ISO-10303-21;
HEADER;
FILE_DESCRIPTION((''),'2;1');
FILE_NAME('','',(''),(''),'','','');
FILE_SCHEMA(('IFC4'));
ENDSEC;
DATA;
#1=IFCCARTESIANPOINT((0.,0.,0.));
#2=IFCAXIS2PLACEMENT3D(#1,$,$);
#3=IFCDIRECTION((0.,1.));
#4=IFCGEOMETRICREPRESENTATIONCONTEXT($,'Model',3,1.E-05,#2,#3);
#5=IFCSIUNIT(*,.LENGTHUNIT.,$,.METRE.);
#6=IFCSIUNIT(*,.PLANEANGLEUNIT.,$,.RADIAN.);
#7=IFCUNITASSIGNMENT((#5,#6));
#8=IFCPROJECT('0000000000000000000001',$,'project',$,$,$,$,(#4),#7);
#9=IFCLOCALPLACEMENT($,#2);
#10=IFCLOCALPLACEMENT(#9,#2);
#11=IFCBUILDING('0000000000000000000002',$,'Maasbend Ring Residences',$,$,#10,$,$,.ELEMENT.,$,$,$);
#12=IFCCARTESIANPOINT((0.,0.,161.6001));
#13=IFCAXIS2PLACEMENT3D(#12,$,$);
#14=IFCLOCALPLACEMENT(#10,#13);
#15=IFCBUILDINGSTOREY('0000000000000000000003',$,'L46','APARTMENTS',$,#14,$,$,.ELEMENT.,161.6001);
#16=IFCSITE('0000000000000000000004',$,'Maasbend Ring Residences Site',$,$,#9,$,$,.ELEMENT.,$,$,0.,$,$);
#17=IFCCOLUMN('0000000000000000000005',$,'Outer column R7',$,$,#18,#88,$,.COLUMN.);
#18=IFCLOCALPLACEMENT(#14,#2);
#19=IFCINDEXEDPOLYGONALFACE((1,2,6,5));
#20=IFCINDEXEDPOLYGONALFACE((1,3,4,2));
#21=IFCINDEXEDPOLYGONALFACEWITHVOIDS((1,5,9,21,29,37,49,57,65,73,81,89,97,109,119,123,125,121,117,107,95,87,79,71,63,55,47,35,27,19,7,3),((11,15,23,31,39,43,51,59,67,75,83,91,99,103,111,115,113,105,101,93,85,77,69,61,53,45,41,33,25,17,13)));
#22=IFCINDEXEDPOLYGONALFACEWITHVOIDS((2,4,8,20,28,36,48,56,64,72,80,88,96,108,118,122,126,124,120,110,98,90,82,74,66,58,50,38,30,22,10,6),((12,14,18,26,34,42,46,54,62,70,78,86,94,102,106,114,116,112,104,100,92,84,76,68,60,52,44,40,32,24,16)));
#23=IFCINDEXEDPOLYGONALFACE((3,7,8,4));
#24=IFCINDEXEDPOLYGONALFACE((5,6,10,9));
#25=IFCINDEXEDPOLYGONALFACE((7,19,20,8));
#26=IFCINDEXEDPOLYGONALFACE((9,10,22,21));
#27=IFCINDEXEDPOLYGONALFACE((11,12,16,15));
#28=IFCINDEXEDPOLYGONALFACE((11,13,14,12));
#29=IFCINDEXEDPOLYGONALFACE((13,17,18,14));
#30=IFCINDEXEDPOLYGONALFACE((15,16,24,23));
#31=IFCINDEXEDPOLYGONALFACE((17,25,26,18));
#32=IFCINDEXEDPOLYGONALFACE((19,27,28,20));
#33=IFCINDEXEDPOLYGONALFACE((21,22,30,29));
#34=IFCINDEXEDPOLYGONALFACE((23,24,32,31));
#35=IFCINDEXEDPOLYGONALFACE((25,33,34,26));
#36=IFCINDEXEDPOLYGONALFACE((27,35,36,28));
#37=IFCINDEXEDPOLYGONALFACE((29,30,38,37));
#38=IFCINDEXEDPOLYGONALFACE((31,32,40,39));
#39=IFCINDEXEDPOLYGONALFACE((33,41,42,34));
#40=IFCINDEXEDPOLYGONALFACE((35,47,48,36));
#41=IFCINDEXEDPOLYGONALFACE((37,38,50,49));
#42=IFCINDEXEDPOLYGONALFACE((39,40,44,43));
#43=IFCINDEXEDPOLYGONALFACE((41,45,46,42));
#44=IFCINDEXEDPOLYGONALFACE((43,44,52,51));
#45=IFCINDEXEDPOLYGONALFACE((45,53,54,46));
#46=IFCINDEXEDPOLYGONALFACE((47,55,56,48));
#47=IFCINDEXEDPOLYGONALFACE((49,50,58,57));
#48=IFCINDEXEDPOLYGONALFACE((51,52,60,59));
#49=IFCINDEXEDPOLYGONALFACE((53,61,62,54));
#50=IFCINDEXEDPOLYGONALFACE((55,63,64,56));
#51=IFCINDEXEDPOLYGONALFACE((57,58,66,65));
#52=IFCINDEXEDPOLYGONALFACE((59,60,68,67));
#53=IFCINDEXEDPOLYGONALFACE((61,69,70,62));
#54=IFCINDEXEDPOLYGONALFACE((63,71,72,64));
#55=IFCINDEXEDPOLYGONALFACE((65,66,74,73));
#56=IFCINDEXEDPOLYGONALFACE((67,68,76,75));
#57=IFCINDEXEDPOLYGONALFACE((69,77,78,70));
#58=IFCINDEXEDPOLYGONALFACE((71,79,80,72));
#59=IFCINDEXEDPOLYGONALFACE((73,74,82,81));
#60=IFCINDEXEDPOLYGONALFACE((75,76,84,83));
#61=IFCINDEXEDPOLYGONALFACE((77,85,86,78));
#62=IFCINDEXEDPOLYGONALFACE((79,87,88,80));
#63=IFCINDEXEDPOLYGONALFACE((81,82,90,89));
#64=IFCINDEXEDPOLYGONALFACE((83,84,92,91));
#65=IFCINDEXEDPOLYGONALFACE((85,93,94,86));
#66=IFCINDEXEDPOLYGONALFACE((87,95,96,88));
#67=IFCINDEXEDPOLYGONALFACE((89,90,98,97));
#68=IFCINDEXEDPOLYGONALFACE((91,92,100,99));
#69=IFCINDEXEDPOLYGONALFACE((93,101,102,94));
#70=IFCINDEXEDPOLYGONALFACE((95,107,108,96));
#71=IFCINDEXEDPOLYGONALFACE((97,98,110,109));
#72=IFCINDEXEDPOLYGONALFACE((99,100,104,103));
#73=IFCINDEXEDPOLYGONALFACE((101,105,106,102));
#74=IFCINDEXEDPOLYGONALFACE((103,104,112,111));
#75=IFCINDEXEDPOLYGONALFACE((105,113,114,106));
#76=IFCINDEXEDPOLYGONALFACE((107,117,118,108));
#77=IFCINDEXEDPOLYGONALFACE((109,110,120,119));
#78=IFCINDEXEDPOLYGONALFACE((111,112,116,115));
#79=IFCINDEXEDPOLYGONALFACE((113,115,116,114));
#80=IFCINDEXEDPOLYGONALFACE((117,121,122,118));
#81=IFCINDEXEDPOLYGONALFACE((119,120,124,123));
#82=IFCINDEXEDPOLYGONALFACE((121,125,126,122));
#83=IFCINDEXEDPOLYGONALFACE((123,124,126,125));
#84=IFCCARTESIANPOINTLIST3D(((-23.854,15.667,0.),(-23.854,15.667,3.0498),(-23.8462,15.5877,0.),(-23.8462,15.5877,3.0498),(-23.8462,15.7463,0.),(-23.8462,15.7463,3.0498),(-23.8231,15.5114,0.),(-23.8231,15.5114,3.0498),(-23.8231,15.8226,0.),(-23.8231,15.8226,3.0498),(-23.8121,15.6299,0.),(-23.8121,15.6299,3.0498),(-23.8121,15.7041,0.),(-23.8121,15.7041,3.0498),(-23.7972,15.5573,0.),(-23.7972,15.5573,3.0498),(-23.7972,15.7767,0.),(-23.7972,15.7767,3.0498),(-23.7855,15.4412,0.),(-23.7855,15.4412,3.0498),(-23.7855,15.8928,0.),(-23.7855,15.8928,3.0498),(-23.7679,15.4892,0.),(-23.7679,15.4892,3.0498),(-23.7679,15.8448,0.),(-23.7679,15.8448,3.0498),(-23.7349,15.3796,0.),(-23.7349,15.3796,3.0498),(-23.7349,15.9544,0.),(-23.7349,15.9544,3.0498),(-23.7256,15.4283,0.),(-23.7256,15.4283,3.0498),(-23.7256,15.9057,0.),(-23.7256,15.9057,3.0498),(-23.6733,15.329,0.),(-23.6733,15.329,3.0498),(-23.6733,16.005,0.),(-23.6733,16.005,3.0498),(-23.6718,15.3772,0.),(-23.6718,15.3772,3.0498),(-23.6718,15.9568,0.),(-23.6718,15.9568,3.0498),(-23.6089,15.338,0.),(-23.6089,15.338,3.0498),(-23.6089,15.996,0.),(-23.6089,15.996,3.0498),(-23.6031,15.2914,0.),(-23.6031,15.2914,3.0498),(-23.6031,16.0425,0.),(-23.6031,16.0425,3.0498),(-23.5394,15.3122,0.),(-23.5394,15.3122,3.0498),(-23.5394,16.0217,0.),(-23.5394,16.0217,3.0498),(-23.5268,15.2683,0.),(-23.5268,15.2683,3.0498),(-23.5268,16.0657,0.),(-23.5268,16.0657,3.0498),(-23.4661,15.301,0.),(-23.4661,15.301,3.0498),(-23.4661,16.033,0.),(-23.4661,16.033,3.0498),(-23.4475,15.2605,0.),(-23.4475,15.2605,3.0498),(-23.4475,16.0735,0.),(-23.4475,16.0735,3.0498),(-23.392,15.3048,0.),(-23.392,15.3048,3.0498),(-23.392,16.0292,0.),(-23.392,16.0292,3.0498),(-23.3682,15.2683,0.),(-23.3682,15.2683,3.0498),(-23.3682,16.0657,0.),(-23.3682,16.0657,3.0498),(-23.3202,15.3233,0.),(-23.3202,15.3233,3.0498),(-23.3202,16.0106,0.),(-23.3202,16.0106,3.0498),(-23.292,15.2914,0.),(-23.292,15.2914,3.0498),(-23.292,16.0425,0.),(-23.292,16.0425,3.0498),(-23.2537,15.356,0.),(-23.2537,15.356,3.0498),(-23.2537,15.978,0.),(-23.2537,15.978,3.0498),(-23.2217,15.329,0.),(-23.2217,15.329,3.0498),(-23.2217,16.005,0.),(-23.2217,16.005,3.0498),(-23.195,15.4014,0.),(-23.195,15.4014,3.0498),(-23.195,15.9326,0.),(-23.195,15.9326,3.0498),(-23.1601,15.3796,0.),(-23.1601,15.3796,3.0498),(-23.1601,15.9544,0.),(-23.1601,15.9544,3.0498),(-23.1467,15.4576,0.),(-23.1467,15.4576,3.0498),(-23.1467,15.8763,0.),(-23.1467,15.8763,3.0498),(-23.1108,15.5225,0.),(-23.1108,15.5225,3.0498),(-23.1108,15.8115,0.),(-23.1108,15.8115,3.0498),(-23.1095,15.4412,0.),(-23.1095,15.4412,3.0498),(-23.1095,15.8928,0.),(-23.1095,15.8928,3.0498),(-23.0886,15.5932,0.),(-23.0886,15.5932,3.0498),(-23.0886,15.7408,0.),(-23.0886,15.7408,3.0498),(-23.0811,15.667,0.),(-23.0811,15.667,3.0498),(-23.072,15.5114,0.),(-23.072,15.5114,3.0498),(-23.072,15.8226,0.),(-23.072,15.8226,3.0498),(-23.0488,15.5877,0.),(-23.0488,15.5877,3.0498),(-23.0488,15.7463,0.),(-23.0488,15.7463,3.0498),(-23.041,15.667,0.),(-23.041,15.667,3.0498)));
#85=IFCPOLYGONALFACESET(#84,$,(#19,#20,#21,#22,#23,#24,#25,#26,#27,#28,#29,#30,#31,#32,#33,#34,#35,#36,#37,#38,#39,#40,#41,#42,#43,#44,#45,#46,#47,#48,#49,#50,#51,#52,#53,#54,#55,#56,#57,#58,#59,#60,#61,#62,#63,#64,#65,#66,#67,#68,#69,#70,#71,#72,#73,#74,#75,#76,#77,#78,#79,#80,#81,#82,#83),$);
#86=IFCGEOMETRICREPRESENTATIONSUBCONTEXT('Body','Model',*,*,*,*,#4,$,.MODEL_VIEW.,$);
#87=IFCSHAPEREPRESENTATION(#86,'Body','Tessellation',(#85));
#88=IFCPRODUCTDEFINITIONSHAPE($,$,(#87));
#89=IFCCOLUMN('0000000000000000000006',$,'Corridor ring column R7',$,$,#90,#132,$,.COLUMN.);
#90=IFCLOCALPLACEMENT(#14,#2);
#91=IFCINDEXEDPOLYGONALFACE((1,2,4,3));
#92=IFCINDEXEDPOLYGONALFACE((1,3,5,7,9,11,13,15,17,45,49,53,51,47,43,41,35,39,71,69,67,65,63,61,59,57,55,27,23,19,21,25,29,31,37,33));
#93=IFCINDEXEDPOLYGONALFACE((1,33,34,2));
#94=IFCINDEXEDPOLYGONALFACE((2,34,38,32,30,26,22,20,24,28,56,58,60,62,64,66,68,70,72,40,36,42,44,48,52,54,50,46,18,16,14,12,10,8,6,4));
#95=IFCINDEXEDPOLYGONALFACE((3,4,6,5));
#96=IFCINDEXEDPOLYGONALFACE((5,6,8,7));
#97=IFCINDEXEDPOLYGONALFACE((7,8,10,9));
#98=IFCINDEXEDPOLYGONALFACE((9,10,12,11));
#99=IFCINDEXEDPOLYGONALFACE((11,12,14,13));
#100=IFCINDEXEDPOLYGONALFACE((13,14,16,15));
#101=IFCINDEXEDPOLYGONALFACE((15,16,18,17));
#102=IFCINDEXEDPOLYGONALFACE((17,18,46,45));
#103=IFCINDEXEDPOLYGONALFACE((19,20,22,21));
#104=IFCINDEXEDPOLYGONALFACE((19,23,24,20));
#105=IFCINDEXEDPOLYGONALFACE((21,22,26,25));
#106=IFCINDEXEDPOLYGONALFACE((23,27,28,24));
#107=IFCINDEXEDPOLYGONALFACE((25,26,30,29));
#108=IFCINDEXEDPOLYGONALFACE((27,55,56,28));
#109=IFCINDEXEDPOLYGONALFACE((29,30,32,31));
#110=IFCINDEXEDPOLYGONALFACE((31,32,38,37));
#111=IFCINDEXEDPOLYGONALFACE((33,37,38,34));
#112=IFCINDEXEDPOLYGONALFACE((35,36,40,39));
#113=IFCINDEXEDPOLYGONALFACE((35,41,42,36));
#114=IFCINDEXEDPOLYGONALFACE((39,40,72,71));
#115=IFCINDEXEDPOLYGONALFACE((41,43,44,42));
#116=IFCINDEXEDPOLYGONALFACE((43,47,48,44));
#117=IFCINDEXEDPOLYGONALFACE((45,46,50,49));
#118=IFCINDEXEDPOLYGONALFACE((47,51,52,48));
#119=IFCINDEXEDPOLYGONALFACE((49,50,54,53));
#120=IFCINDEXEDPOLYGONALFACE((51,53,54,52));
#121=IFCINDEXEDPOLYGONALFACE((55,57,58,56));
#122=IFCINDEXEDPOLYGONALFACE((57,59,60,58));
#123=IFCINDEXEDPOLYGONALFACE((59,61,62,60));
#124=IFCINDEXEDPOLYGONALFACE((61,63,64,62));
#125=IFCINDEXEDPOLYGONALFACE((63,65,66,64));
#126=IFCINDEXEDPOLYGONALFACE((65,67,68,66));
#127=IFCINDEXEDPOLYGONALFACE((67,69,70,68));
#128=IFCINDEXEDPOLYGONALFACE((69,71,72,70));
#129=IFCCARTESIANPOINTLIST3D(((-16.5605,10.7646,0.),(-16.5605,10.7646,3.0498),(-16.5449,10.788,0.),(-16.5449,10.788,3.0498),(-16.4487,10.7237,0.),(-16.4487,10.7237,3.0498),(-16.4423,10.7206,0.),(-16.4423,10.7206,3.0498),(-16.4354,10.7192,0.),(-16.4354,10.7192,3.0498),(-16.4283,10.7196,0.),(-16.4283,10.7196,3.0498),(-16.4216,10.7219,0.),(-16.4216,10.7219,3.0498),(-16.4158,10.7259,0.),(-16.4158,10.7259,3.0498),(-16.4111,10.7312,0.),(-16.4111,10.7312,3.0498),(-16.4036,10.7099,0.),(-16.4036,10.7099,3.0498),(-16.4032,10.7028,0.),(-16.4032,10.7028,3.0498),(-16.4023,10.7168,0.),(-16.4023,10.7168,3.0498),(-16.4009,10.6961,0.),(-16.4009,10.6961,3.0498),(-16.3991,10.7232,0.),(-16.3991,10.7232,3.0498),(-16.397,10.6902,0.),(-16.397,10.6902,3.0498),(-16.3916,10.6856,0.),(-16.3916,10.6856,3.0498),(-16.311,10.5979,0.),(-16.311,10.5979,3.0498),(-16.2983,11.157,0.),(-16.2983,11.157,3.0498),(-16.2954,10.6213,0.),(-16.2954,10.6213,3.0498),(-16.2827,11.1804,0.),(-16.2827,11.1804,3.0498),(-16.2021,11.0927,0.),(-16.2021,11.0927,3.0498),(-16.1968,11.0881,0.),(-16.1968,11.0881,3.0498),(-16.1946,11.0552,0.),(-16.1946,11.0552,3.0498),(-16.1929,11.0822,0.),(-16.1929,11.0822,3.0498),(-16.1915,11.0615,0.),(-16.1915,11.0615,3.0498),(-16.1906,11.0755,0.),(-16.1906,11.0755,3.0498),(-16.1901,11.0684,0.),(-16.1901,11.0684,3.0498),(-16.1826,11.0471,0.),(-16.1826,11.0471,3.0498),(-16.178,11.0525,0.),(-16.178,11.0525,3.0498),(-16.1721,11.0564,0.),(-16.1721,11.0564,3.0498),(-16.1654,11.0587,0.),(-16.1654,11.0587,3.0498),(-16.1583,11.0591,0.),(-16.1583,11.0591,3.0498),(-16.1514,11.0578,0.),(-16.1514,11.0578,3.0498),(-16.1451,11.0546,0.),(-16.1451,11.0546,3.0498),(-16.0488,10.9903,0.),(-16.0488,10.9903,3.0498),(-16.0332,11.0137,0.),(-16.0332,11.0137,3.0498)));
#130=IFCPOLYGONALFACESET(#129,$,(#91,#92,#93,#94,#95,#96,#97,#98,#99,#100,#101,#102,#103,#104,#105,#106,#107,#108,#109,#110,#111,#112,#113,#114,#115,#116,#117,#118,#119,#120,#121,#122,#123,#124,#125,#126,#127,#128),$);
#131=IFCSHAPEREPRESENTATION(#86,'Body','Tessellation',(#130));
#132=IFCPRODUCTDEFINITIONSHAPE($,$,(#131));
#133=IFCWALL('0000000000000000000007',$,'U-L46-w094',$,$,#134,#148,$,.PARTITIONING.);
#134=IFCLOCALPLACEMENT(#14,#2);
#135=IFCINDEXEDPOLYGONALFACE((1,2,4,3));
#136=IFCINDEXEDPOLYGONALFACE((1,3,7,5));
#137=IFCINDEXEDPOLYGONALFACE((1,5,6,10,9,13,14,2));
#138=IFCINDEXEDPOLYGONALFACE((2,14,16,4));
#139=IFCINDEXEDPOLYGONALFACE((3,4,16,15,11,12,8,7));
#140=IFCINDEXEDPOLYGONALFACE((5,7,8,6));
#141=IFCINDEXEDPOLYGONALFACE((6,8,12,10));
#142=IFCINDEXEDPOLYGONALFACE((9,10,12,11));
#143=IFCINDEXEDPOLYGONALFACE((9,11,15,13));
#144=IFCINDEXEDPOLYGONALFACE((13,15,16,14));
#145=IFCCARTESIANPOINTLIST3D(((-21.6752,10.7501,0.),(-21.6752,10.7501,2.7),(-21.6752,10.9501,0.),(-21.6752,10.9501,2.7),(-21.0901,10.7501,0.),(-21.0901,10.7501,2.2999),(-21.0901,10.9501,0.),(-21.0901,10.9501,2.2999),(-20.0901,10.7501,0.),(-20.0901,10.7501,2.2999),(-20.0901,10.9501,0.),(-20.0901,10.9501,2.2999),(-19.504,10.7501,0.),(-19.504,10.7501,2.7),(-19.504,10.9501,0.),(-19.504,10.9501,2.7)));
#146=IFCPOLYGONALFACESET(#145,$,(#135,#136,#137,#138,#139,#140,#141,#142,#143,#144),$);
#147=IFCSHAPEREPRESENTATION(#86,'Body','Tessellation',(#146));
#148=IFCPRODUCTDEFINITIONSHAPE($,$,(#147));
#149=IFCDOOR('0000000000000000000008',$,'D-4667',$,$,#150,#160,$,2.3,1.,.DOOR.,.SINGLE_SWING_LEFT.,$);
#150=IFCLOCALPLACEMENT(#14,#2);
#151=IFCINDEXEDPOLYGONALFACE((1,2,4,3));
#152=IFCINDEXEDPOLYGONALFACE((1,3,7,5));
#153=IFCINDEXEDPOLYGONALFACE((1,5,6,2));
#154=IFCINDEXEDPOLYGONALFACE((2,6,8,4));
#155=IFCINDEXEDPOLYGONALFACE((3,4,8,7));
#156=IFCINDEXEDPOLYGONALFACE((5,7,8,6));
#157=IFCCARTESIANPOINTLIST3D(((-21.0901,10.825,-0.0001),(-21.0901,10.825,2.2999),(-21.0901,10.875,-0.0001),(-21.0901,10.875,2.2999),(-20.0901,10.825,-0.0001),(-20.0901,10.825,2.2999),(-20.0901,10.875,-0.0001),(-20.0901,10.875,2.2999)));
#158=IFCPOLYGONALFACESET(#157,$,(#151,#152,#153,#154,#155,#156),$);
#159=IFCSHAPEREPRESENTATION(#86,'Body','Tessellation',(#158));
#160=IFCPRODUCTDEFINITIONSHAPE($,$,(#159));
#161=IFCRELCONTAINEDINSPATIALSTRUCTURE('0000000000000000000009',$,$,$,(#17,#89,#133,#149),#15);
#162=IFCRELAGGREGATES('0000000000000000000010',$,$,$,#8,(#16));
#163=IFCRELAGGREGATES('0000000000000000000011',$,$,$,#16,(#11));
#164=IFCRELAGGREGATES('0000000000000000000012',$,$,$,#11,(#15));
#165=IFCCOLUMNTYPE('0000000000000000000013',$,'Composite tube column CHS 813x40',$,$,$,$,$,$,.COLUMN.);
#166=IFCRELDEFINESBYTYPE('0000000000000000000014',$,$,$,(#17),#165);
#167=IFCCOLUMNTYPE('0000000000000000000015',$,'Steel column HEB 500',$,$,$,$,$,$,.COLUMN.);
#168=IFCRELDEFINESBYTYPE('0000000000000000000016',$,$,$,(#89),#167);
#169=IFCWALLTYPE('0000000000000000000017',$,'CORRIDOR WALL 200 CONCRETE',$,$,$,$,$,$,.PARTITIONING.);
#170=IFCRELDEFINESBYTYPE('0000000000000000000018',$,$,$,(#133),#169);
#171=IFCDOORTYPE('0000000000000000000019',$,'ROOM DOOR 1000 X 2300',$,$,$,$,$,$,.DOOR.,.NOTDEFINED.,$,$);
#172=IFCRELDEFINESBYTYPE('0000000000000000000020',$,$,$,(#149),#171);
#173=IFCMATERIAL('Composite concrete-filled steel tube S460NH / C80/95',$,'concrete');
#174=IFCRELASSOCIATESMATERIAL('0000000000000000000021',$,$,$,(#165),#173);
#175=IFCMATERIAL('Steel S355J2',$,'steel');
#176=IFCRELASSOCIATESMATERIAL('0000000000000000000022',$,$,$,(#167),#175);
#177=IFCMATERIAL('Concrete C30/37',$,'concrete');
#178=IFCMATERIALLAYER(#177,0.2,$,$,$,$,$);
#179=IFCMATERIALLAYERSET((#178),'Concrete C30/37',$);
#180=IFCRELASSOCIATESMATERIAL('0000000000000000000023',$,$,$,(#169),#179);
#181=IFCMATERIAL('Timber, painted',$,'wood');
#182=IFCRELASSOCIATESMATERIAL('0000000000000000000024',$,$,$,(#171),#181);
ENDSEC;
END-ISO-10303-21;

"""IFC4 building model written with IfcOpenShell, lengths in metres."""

from ifc_helpers import new_model, si_unit, direction, frame, frame_2d, origin, origin_2d, place, context, subcontext, project, spatial, rectangle, hollow_circle, i_section, extrude, material, layer, layer_set, material_profile, profile_set, type_object, element, fill, save


model = new_model("IFC4")

# Units and contexts
model_context = context("Model", 3, precision=1e-05, world=origin(), true_north=direction((0.0, 1.0)))
body_context = subcontext(model_context, "Body", "Model", "MODEL_VIEW")
ifc_project = project(units=[si_unit("LENGTHUNIT", "METRE"), si_unit("PLANEANGLEUNIT", "RADIAN")], contexts=[model_context])

# Site, building, storey
site_placement = place(None, origin())
site = spatial("IfcSite", under=ifc_project, at=site_placement, Name="Maasbend Ring Residences Site", CompositionType="ELEMENT", RefElevation=0.0)
building_placement = place(site_placement, origin())
building = spatial("IfcBuilding", under=site, at=building_placement, Name="Maasbend Ring Residences", CompositionType="ELEMENT")
storey_placement = place(building_placement, frame((0.0, 0.0, 161.6001)))
storey = spatial("IfcBuildingStorey", under=building, at=storey_placement, Name="L46", Description="APARTMENTS", CompositionType="ELEMENT", Elevation=161.6001)

# Columns
ifc_material_1 = material(Name="Composite concrete-filled steel tube S460NH / C80/95", Category="concrete")
ifc_material_profile_1 = material_profile(ifc_material_1, hollow_circle(Radius=0.4065, WallThickness=0.04, at=origin_2d()), Name="Composite tube column CHS 813x40")
ifc_profile_set_1 = profile_set([ifc_material_profile_1], Name="Composite concrete-filled steel tube S460NH / C80/95")
column_type_1 = type_object("IfcColumnType", Name="Composite tube column CHS 813x40", PredefinedType="COLUMN", material=ifc_profile_set_1)
column_1_placement = place(storey_placement, frame((-23.4475, 15.667, 0.0), z_axis=(0.0, 0.0, 1.0), x_axis=(1.0, 0.0, 0.0)))
element("IfcColumn", 1, at=column_1_placement, inside=storey, type_object=column_type_1, Name="Outer column R7", PredefinedType="COLUMN", context=body_context, shape_type="SweptSolid", body=[
    extrude(hollow_circle(Radius=0.4065, WallThickness=0.04, at=origin_2d()), origin(), (0.0, 0.0, 1.0), 3.0498),
])
ifc_material_2 = material(Name="Steel S355J2", Category="steel")
ifc_material_profile_2 = material_profile(ifc_material_2, i_section(OverallWidth=0.3, OverallDepth=0.5, WebThickness=0.0144, FlangeThickness=0.0281, FilletRadius=0.0271, at=origin_2d()), Name="HEB 500")
ifc_profile_set_2 = profile_set([ifc_material_profile_2], Name="Steel S355J2")
column_type_2 = type_object("IfcColumnType", Name="Steel column HEB 500", PredefinedType="COLUMN", material=ifc_profile_set_2)
column_2_placement = place(storey_placement, frame((-16.2969, 10.8892, 0.0), z_axis=(0.0, 0.0, 1.0), x_axis=(-0.83147, 0.55557, 0.0)))
element("IfcColumn", 2, at=column_2_placement, inside=storey, type_object=column_type_2, Name="Corridor ring column R7", PredefinedType="COLUMN", context=body_context, shape_type="SweptSolid", body=[
    extrude(i_section(OverallWidth=0.3, OverallDepth=0.5, WebThickness=0.0144, FlangeThickness=0.0281, FilletRadius=0.0271, at=origin_2d()), origin(), (0.0, 0.0, 1.0), 3.0498),
])

# Wall, opening, door
ifc_material_3 = material(Name="Concrete C30/37", Category="concrete")
ifc_layer_1 = layer(ifc_material_3, 0.2)
ifc_layer_set_1 = layer_set([ifc_layer_1], Name="Concrete C30/37")
wall_type_1 = type_object("IfcWallType", Name="CORRIDOR WALL 200 CONCRETE", PredefinedType="PARTITIONING", material=ifc_layer_set_1)
wall_1_placement = place(storey_placement, frame((-21.675, 10.8501, 0.0), z_axis=(0.0, 0.0, 1.0), x_axis=(1.0, 0.0, 0.0)))
wall_1 = element("IfcWall", 3, at=wall_1_placement, inside=storey, type_object=wall_type_1, Name="U-L46-w094", PredefinedType="PARTITIONING", context=body_context, shape_type="SweptSolid", body=[
    extrude(rectangle(XDim=2.1711, YDim=0.2, at=frame_2d((1.0854, 0.0))), origin(), (0.0, 0.0, 1.0), 2.7),
])
opening_1_placement = place(wall_1_placement, frame((0.585, 0.0, 0.0)))
opening_1 = element("IfcOpeningElement", 4, at=opening_1_placement, cuts=wall_1, PredefinedType="OPENING", context=body_context, shape_type="SweptSolid", body=[
    extrude(rectangle(XDim=1.0, YDim=2.3, at=frame_2d((0.5, 1.1499))), frame((0.0, 0.1099, 0.0), z_axis=(0.0, -1.0, 0.0), x_axis=(1.0, 0.0, 0.0)), (0.0, 0.0, 1.0), 0.22),
])
ifc_material_4 = material(Name="Timber, painted", Category="wood")
door_type_1 = type_object("IfcDoorType", Name="ROOM DOOR 1000 X 2300", OperationType="NOTDEFINED", PredefinedType="DOOR", material=ifc_material_4)
door_1_placement = place(opening_1_placement, origin())
door_1 = element("IfcDoor", 5, at=door_1_placement, inside=storey, type_object=door_type_1, Name="D-4667", OperationType="SINGLE_SWING_LEFT", OverallHeight=2.3, OverallWidth=1.0, PredefinedType="DOOR", context=body_context, shape_type="SweptSolid", body=[
    extrude(rectangle(XDim=1.0, YDim=2.3, at=frame_2d((0.5, 1.1499))), frame((0.0, 0.0249, 0.0), z_axis=(0.0, -1.0, 0.0), x_axis=(1.0, 0.0, 0.0)), (0.0, 0.0, 1.0), 0.05),
])
fill(opening_1, door_1)

save(model, "model.ifc")
